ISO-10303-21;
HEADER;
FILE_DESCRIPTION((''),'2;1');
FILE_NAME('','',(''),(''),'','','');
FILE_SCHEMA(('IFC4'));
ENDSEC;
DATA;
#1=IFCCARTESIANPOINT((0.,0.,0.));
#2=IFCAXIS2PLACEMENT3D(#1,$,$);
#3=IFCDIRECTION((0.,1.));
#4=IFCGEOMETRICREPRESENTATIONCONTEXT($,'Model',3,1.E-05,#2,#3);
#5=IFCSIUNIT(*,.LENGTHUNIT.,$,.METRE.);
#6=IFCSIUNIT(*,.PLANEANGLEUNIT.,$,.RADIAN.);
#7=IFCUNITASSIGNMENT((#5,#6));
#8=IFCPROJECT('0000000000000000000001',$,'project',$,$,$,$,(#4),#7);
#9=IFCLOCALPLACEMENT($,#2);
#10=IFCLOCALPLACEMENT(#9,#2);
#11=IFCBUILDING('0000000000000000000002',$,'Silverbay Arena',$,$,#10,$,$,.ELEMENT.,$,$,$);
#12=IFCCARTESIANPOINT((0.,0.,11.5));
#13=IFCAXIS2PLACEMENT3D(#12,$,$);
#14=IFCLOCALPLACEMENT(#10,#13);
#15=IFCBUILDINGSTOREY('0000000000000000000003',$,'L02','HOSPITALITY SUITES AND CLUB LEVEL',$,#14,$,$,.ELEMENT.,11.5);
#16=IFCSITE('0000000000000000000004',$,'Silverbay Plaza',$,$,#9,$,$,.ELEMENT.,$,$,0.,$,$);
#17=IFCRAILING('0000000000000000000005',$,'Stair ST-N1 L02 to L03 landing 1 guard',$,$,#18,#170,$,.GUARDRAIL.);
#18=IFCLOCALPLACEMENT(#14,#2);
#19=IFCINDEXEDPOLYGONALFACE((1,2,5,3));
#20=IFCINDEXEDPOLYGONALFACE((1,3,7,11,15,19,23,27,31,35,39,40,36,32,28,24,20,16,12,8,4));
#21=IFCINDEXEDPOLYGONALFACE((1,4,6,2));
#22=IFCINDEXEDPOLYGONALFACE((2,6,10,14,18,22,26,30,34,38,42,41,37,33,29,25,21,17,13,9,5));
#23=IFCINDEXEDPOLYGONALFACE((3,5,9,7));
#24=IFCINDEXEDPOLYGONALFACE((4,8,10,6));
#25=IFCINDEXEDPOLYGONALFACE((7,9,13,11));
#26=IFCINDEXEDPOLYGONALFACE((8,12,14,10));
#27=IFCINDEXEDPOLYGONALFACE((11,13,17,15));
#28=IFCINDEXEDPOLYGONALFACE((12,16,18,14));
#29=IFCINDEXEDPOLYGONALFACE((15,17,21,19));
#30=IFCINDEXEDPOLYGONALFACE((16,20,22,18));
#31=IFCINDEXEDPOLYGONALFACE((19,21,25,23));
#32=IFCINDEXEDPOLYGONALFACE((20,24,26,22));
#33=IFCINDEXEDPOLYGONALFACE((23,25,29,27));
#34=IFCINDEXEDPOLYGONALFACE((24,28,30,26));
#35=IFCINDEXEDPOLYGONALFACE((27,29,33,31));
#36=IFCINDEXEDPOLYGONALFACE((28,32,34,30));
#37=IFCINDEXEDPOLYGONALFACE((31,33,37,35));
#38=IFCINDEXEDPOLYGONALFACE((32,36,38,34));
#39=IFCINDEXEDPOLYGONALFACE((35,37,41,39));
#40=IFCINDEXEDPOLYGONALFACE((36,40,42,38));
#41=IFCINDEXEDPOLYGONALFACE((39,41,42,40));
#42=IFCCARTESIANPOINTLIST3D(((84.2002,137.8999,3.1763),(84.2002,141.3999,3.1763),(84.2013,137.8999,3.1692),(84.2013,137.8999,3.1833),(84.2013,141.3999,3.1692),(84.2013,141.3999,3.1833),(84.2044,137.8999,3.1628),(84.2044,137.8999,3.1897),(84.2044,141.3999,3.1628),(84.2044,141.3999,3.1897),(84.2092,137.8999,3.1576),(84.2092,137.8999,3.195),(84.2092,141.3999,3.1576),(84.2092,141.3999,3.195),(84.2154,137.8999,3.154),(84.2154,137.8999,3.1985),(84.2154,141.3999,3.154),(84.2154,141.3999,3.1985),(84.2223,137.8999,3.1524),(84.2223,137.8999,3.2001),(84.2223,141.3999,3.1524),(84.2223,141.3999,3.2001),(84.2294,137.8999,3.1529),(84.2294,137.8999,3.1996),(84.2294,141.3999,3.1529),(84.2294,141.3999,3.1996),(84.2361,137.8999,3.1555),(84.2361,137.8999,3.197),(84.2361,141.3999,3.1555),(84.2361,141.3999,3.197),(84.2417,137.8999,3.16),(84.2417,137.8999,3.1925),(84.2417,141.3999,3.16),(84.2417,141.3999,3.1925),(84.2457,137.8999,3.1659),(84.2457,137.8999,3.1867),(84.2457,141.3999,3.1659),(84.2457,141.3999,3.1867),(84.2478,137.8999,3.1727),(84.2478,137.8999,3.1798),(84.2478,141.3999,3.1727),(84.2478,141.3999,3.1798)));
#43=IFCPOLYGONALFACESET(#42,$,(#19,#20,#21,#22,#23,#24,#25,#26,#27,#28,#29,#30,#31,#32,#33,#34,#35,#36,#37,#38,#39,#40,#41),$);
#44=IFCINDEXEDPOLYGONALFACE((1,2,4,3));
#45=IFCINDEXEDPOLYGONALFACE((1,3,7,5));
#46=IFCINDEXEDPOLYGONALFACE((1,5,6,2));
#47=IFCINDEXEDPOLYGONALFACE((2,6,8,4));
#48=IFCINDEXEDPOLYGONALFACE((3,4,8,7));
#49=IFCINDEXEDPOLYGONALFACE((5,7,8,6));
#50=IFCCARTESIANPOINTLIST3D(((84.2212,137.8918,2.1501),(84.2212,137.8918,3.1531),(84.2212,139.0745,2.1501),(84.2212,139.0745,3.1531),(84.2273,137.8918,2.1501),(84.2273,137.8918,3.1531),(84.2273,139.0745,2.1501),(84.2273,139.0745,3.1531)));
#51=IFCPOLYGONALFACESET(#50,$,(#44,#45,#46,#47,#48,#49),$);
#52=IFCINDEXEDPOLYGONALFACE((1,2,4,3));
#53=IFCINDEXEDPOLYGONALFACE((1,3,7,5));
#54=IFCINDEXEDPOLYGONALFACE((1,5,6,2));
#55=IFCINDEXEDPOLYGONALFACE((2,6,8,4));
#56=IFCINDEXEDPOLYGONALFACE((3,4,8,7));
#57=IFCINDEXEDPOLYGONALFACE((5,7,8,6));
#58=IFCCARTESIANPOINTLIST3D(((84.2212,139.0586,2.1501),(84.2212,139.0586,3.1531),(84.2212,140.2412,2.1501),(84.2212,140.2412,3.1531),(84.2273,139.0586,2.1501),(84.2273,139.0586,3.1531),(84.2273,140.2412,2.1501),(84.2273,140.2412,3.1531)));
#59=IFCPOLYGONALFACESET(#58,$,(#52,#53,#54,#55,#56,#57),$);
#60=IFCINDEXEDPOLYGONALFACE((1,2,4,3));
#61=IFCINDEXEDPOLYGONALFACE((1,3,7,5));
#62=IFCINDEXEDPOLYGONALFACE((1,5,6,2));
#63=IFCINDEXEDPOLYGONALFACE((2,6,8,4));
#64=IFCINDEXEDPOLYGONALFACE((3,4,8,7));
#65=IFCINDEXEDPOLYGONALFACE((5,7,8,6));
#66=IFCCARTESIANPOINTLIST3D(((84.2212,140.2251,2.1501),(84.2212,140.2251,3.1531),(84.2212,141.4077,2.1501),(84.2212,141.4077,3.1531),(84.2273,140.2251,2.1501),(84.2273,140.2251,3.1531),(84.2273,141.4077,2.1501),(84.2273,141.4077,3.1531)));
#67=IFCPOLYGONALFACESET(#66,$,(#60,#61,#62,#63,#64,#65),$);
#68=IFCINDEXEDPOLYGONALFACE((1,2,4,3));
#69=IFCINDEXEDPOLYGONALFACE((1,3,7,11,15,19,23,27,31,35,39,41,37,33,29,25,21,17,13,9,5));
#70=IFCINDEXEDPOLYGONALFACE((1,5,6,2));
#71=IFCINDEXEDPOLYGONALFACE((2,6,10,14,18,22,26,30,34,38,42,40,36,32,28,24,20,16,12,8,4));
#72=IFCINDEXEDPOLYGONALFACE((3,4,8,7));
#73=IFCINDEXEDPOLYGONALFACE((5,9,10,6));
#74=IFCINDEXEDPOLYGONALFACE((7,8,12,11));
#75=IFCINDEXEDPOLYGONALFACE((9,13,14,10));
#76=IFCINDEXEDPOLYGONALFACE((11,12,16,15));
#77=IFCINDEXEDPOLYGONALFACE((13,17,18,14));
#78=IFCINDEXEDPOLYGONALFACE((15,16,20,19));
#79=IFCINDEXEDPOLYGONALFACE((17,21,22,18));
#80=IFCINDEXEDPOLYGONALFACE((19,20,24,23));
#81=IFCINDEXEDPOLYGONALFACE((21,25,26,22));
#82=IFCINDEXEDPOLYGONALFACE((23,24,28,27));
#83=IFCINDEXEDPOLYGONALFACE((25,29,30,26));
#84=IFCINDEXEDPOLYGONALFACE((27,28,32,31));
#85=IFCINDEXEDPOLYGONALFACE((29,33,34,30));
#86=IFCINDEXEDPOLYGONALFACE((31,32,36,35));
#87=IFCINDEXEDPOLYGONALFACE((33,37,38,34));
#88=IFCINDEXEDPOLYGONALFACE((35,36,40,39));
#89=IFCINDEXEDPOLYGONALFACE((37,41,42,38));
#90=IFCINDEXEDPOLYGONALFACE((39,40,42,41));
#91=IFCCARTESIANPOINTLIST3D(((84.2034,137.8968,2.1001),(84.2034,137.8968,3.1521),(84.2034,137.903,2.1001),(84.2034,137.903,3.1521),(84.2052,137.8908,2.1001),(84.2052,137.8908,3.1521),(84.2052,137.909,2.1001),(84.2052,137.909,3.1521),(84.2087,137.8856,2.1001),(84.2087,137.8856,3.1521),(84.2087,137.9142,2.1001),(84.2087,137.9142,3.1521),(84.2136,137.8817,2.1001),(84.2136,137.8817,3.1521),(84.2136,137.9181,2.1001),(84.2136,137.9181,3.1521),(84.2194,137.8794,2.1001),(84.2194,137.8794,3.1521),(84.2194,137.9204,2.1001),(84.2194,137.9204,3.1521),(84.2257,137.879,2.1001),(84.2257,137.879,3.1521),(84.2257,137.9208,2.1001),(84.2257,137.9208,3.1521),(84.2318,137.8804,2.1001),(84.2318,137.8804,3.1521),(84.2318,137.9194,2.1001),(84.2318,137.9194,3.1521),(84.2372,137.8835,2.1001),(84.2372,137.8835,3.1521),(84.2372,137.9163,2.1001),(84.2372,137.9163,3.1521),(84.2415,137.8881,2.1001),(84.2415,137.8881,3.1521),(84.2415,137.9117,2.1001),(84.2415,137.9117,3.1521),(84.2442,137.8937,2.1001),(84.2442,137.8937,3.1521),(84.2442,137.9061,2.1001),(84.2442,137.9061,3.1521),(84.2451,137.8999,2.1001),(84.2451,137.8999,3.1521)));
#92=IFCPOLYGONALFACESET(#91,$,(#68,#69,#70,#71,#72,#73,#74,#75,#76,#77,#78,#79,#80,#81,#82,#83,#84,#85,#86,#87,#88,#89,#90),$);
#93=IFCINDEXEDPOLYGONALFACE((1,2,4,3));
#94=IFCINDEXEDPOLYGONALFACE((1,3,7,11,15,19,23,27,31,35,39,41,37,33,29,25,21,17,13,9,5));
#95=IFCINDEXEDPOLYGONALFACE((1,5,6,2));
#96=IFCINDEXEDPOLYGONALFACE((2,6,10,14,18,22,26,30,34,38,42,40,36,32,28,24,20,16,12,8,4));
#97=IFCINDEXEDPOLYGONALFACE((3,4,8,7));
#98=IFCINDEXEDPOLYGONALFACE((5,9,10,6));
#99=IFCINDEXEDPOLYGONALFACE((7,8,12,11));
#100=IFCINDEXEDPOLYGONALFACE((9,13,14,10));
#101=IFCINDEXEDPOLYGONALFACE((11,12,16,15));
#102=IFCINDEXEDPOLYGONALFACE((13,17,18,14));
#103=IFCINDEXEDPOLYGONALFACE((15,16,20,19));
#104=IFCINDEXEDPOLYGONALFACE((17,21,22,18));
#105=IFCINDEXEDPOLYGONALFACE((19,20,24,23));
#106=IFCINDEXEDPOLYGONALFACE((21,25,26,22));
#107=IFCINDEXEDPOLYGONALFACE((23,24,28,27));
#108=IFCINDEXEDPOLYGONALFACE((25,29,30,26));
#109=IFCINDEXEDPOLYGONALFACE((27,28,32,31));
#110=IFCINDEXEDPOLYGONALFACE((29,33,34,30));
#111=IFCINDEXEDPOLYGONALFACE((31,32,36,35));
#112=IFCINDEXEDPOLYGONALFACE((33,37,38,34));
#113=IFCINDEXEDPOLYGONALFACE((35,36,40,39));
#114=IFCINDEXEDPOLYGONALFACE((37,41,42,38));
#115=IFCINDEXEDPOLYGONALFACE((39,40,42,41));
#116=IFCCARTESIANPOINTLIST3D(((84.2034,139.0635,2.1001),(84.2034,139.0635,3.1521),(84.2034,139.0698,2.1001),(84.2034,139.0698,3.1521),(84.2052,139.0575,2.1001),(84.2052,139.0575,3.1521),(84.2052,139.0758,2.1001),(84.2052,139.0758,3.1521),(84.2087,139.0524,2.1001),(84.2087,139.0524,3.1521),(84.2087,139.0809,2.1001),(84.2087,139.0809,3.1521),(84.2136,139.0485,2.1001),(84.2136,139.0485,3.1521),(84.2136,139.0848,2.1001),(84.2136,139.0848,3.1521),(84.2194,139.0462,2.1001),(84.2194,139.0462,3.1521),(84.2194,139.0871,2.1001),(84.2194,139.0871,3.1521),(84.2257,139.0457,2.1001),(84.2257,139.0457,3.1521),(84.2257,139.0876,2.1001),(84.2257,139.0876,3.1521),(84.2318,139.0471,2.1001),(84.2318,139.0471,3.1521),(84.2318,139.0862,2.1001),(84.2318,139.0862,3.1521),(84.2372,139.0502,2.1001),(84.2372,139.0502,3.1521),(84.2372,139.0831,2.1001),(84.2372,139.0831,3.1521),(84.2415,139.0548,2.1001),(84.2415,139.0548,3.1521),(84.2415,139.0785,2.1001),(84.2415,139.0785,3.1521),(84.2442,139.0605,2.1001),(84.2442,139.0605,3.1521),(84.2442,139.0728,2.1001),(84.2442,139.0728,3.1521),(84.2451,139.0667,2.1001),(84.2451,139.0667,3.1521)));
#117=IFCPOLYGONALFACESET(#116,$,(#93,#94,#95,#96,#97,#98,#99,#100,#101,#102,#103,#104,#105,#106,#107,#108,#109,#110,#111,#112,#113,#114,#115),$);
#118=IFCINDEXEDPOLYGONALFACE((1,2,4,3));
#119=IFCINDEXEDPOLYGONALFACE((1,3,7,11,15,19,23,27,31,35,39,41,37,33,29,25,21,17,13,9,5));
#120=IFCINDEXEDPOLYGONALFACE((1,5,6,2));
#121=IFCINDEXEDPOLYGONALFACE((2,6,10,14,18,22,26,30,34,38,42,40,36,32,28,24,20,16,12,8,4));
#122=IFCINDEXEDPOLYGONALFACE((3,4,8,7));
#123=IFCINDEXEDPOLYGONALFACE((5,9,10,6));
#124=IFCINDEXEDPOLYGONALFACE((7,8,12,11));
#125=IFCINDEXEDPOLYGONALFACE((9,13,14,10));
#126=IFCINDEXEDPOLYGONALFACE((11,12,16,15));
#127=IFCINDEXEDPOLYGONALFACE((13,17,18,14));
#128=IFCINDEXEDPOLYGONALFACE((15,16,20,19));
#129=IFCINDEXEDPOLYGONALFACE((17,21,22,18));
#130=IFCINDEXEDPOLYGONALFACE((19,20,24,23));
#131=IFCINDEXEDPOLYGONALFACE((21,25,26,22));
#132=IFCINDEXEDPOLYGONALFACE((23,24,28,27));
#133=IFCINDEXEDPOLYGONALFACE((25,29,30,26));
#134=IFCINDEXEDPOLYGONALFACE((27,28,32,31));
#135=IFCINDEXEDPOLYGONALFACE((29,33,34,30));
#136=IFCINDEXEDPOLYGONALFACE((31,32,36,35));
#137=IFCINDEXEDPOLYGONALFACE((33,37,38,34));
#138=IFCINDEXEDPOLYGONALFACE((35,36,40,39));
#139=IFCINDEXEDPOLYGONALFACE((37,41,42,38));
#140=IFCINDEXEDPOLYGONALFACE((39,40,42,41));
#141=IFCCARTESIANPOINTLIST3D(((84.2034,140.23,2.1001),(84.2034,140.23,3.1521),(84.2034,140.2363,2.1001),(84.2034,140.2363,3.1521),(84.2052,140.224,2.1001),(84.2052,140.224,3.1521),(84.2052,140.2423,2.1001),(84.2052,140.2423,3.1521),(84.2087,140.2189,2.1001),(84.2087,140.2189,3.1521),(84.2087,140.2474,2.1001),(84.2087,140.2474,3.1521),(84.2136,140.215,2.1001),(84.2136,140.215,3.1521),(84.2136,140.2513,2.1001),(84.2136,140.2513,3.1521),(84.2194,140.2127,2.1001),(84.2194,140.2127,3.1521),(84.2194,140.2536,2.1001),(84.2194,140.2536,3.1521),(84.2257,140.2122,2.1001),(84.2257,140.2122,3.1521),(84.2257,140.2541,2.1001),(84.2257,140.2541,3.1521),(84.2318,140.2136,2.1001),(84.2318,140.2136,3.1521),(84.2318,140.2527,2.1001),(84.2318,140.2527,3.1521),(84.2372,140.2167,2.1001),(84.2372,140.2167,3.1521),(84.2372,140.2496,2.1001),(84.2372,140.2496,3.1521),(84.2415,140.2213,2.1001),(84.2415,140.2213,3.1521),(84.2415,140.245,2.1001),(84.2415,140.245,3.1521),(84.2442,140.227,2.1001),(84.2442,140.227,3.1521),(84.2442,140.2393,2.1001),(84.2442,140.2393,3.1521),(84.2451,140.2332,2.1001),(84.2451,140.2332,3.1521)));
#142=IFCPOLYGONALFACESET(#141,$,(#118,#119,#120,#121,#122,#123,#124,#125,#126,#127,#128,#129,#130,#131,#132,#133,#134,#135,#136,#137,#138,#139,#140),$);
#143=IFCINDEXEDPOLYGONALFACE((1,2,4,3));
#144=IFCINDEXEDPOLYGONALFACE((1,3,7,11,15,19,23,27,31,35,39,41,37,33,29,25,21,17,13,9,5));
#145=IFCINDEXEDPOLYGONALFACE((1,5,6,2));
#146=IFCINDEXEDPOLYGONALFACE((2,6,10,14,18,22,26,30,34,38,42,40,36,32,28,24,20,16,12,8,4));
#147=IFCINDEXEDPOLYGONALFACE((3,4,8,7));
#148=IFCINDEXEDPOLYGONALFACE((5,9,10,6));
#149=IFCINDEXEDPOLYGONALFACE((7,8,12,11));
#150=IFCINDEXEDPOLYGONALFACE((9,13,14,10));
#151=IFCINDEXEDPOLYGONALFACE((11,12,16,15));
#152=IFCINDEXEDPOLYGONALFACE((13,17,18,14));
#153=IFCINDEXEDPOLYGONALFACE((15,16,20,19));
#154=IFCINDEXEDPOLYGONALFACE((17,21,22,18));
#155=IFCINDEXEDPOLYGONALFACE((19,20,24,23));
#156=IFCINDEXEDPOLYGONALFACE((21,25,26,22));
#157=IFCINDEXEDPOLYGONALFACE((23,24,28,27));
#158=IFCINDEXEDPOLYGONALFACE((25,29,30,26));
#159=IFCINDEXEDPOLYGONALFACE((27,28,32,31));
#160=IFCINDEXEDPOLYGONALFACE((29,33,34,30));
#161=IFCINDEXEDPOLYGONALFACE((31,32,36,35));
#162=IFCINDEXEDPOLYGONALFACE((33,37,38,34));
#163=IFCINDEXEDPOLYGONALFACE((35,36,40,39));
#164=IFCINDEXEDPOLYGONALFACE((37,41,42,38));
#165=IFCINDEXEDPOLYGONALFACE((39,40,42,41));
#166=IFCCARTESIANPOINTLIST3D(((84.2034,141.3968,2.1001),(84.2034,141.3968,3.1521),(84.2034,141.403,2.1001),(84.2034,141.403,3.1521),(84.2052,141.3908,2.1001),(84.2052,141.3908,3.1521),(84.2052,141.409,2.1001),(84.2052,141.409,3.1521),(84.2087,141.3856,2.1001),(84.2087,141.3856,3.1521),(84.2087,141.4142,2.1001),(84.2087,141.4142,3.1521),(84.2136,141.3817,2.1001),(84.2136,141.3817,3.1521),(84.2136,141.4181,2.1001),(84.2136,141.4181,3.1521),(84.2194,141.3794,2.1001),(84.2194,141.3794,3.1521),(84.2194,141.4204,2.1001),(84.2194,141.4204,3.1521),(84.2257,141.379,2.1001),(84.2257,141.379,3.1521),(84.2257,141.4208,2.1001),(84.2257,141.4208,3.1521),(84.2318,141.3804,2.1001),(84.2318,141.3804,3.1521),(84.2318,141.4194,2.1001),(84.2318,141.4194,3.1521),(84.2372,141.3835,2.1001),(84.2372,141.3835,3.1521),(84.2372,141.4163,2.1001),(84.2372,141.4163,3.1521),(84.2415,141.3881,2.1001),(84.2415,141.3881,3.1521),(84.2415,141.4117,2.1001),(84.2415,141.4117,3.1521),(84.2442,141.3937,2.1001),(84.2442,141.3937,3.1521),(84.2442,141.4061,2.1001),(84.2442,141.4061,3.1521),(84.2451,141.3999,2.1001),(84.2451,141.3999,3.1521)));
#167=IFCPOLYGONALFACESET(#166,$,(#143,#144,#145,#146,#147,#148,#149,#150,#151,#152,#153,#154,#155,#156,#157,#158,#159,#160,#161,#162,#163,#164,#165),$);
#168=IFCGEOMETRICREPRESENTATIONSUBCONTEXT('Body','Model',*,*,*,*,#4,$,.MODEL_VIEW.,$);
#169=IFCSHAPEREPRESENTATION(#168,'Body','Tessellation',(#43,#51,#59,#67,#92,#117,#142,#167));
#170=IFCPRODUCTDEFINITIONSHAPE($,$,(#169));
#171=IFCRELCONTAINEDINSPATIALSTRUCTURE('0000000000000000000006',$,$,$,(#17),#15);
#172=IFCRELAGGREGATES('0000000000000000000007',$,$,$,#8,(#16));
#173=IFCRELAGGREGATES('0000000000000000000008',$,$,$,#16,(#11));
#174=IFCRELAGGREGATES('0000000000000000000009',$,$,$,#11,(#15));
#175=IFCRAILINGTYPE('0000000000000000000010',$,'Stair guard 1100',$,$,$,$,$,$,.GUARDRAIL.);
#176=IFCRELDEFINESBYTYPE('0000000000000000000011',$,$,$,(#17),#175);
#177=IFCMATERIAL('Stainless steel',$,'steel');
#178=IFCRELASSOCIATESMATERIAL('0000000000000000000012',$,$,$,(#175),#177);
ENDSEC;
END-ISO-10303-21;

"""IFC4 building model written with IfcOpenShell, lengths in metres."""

from ifc_helpers import new_model, si_unit, direction, frame, origin, origin_2d, place, context, subcontext, project, spatial, polyline, circle, outline, extrude, material, type_object, element, save


model = new_model("IFC4")

# Units and contexts
model_context = context("Model", 3, precision=1e-05, world=origin(), true_north=direction((0.0, 1.0)))
body_context = subcontext(model_context, "Body", "Model", "MODEL_VIEW")
ifc_project = project(units=[si_unit("LENGTHUNIT", "METRE"), si_unit("PLANEANGLEUNIT", "RADIAN")], contexts=[model_context])

# Site, building, storey
site_placement = place(None, origin())
site = spatial("IfcSite", under=ifc_project, at=site_placement, Name="Silverbay Plaza", CompositionType="ELEMENT", RefElevation=0.0)
building_placement = place(site_placement, origin())
building = spatial("IfcBuilding", under=site, at=building_placement, Name="Silverbay Arena", CompositionType="ELEMENT")
storey_placement = place(building_placement, frame((0.0, 0.0, 11.5)))
storey = spatial("IfcBuildingStorey", under=building, at=storey_placement, Name="L02", Description="HOSPITALITY SUITES AND CLUB LEVEL", CompositionType="ELEMENT", Elevation=11.5)

# Railing
ifc_material_1 = material(Name="Stainless steel", Category="steel")
railing_type_1 = type_object("IfcRailingType", Name="Stair guard 1100", PredefinedType="GUARDRAIL", material=ifc_material_1)
for number, where, name in (
    (1, (84.2241, 137.8999, 2.1001), "Stair ST-N1 L02 to L03 landing 1 guard"),
):
    element("IfcRailing", number, at=place(storey_placement, frame(where)), inside=storey, type_object=railing_type_1, Name=name, PredefinedType="GUARDRAIL", context=body_context, shape_type="SweptSolid", body=[
        extrude(circle(Radius=0.0239, at=origin_2d()), frame((0.0, 0.0, 1.0762), z_axis=(0.0, 1.0, 0.0), x_axis=(-1.0, 0.0, 0.0)), (0.0, 0.0, 1.0), 3.5),
        extrude(outline(polyline([(-0.0081, 0.05), (1.1746, 0.05), (1.1746, 1.053), (-0.0081, 1.053), (-0.0081, 0.05)])), frame((-0.0029, 0.0, 0.0), z_axis=(1.0, 0.0, 0.0), x_axis=(0.0, 1.0, 0.0)), (0.0, 0.0, 1.0), 0.0061),
        extrude(outline(polyline([(-0.0081, 0.05), (1.1746, 0.05), (1.1746, 1.053), (-0.0081, 1.053), (-0.0081, 0.05)])), frame((-0.0029, 1.1667, 0.0), z_axis=(1.0, 0.0, 0.0), x_axis=(0.0, 1.0, 0.0)), (0.0, 0.0, 1.0), 0.0061),
        extrude(outline(polyline([(-0.0081, 0.05), (1.1746, 0.05), (1.1746, 1.053), (-0.0081, 1.053), (-0.0081, 0.05)])), frame((-0.0029, 2.3333, 0.0), z_axis=(1.0, 0.0, 0.0), x_axis=(0.0, 1.0, 0.0)), (0.0, 0.0, 1.0), 0.0061),
        extrude(circle(Radius=0.021, at=origin_2d()), origin(), (0.0, 0.0, 1.0), 1.052),
        extrude(circle(Radius=0.021, at=origin_2d()), frame((0.0, 1.1667, 0.0)), (0.0, 0.0, 1.0), 1.052),
        extrude(circle(Radius=0.021, at=origin_2d()), frame((0.0, 2.3333, 0.0)), (0.0, 0.0, 1.0), 1.052),
        extrude(circle(Radius=0.021, at=origin_2d()), frame((0.0, 3.5, 0.0)), (0.0, 0.0, 1.0), 1.052),
    ])

save(model, "model.ifc")
